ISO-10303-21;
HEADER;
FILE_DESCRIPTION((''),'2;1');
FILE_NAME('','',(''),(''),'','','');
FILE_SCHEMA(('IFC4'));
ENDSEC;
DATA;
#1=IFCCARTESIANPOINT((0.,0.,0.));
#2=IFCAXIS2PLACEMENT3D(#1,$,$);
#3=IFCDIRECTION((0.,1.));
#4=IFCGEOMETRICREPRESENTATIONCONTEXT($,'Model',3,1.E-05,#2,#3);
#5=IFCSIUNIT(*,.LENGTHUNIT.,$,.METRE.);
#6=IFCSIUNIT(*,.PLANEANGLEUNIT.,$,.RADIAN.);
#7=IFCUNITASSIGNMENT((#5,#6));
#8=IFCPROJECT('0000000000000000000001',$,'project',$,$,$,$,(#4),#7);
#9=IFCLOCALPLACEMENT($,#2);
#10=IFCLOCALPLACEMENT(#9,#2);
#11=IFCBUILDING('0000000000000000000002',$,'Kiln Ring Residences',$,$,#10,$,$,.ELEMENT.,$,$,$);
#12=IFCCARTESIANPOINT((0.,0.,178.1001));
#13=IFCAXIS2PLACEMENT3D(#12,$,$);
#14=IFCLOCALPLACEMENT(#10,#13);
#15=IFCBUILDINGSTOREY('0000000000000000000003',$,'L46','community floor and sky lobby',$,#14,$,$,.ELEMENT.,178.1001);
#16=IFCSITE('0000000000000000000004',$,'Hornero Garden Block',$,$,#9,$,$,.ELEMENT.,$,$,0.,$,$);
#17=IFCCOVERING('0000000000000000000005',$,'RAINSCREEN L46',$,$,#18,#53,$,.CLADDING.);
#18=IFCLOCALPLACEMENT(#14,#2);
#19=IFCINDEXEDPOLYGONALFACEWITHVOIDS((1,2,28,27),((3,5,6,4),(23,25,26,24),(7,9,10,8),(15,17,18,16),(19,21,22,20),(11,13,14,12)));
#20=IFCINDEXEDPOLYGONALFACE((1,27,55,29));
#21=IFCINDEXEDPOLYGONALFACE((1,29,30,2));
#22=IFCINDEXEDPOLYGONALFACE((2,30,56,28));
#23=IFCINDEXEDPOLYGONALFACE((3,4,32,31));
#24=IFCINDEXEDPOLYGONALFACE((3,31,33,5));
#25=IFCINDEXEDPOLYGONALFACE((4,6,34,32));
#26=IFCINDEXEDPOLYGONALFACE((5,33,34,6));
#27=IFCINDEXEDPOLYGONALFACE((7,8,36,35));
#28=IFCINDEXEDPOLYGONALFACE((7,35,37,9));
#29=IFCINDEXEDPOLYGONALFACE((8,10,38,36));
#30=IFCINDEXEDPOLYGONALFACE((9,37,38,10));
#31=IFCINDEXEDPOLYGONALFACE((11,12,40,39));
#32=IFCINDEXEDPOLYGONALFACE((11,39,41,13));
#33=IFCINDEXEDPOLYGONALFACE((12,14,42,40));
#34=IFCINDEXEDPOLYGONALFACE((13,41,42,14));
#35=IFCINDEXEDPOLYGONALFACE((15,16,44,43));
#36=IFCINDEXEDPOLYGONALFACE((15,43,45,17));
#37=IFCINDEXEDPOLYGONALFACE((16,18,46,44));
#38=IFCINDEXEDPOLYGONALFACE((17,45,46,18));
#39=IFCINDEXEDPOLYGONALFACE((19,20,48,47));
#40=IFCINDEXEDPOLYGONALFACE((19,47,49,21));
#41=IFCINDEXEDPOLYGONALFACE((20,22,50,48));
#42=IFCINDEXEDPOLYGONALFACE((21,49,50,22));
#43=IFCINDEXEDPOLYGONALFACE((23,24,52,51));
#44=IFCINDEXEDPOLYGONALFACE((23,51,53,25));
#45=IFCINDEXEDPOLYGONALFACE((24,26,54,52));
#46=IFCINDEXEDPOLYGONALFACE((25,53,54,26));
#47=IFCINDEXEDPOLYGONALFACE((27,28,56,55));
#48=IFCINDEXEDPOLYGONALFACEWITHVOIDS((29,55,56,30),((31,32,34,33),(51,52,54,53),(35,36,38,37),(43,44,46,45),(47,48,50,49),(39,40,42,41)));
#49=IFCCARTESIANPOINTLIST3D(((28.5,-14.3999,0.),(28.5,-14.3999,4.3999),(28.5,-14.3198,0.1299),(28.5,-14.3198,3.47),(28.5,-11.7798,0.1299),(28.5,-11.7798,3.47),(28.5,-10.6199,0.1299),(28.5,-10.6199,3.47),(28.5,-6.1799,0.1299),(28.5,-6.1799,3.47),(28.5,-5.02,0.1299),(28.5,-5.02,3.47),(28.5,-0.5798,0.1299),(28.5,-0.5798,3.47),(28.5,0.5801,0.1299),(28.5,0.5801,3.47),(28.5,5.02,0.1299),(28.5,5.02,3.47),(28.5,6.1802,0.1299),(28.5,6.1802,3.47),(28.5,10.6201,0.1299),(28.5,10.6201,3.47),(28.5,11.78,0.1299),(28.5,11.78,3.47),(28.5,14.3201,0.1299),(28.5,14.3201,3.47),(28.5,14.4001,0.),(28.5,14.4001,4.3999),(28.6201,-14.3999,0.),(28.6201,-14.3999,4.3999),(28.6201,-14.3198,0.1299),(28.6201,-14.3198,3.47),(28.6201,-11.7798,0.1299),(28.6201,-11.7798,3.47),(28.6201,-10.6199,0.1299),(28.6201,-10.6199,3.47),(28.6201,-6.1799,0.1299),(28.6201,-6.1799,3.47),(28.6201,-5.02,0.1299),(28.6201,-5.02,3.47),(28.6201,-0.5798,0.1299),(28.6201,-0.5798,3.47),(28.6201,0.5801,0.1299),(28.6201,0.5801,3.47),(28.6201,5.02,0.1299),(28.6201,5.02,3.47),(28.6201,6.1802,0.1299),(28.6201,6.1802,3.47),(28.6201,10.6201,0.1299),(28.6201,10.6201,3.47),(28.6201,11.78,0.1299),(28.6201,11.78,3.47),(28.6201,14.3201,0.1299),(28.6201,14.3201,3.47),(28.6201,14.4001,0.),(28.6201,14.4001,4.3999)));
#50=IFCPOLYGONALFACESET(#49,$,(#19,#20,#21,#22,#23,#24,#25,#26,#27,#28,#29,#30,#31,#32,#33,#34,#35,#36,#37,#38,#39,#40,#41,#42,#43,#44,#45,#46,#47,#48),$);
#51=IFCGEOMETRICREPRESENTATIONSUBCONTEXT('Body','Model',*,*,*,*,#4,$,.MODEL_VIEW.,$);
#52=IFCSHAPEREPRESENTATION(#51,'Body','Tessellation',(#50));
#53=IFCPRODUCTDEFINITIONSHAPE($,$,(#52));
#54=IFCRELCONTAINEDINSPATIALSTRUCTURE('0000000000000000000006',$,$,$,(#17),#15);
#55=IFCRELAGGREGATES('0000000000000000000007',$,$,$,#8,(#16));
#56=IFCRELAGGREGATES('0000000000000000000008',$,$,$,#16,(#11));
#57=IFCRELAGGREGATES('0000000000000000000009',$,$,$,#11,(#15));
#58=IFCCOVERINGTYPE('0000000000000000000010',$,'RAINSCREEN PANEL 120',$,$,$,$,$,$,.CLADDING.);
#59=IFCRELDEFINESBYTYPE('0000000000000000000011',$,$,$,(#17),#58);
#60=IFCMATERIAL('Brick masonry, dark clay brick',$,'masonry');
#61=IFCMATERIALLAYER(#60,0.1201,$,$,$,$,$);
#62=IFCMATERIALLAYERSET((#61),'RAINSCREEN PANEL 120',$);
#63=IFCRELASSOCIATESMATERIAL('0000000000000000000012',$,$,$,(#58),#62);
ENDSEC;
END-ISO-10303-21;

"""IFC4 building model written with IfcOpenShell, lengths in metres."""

from ifc_helpers import new_model, si_unit, direction, frame, origin, place, context, subcontext, project, spatial, polyline, outline, extrude, material, layer, layer_set, type_object, element, save


model = new_model("IFC4")

# Units and contexts
model_context = context("Model", 3, precision=1e-05, world=origin(), true_north=direction((0.0, 1.0)))
body_context = subcontext(model_context, "Body", "Model", "MODEL_VIEW")
ifc_project = project(units=[si_unit("LENGTHUNIT", "METRE"), si_unit("PLANEANGLEUNIT", "RADIAN")], contexts=[model_context])

# Site, building, storey
site_placement = place(None, origin())
site = spatial("IfcSite", under=ifc_project, at=site_placement, Name="Hornero Garden Block", CompositionType="ELEMENT", RefElevation=0.0)
building_placement = place(site_placement, origin())
building = spatial("IfcBuilding", under=site, at=building_placement, Name="Kiln Ring Residences", CompositionType="ELEMENT")
storey_placement = place(building_placement, frame((0.0, 0.0, 178.1001)))
storey = spatial("IfcBuildingStorey", under=building, at=storey_placement, Name="L46", Description="community floor and sky lobby", CompositionType="ELEMENT", Elevation=178.1001)

# Covering
ifc_material_1 = material(Name="Brick masonry, dark clay brick", Category="masonry")
ifc_layer_1 = layer(ifc_material_1, 0.1201)
ifc_layer_set_1 = layer_set([ifc_layer_1], Name="RAINSCREEN PANEL 120")
covering_type = type_object("IfcCoveringType", Name="RAINSCREEN PANEL 120", PredefinedType="CLADDING", material=ifc_layer_set_1)
covering_1_placement = place(storey_placement, frame((28.5601, -14.3999, 0.0), z_axis=(0.0, 0.0, 1.0), x_axis=(0.0, 1.0, 0.0)))
element("IfcCovering", 1, at=covering_1_placement, inside=storey, type_object=covering_type, Name="RAINSCREEN L46", PredefinedType="CLADDING", context=body_context, shape_type="SweptSolid", body=[
    extrude(outline(polyline([(0.0, 0.0), (28.8, 0.0), (28.8, 4.3999), (0.0, 4.3999), (0.0, 0.0)]), holes=[polyline([(2.6201, 0.1299), (2.6201, 3.47), (0.0801, 3.47), (0.0801, 0.1299), (2.6201, 0.1299)]), polyline([(3.78, 0.1299), (8.22, 0.1299), (8.22, 3.47), (3.78, 3.47), (3.78, 0.1299)]), polyline([(9.3799, 0.1299), (13.8201, 0.1299), (13.8201, 3.47), (9.3799, 3.47), (9.3799, 0.1299)]), polyline([(19.4199, 0.1299), (19.4199, 3.47), (14.98, 3.47), (14.98, 0.1299), (19.4199, 0.1299)]), polyline([(20.5801, 0.1299), (25.02, 0.1299), (25.02, 3.47), (20.5801, 3.47), (20.5801, 0.1299)]), polyline([(26.1799, 0.1299), (28.72, 0.1299), (28.72, 3.47), (26.1799, 3.47), (26.1799, 0.1299)])]), frame((0.0, 0.0601, 0.0), z_axis=(0.0, -1.0, 0.0), x_axis=(1.0, 0.0, 0.0)), (0.0, 0.0, 1.0), 0.1201),
])

save(model, "model.ifc")
